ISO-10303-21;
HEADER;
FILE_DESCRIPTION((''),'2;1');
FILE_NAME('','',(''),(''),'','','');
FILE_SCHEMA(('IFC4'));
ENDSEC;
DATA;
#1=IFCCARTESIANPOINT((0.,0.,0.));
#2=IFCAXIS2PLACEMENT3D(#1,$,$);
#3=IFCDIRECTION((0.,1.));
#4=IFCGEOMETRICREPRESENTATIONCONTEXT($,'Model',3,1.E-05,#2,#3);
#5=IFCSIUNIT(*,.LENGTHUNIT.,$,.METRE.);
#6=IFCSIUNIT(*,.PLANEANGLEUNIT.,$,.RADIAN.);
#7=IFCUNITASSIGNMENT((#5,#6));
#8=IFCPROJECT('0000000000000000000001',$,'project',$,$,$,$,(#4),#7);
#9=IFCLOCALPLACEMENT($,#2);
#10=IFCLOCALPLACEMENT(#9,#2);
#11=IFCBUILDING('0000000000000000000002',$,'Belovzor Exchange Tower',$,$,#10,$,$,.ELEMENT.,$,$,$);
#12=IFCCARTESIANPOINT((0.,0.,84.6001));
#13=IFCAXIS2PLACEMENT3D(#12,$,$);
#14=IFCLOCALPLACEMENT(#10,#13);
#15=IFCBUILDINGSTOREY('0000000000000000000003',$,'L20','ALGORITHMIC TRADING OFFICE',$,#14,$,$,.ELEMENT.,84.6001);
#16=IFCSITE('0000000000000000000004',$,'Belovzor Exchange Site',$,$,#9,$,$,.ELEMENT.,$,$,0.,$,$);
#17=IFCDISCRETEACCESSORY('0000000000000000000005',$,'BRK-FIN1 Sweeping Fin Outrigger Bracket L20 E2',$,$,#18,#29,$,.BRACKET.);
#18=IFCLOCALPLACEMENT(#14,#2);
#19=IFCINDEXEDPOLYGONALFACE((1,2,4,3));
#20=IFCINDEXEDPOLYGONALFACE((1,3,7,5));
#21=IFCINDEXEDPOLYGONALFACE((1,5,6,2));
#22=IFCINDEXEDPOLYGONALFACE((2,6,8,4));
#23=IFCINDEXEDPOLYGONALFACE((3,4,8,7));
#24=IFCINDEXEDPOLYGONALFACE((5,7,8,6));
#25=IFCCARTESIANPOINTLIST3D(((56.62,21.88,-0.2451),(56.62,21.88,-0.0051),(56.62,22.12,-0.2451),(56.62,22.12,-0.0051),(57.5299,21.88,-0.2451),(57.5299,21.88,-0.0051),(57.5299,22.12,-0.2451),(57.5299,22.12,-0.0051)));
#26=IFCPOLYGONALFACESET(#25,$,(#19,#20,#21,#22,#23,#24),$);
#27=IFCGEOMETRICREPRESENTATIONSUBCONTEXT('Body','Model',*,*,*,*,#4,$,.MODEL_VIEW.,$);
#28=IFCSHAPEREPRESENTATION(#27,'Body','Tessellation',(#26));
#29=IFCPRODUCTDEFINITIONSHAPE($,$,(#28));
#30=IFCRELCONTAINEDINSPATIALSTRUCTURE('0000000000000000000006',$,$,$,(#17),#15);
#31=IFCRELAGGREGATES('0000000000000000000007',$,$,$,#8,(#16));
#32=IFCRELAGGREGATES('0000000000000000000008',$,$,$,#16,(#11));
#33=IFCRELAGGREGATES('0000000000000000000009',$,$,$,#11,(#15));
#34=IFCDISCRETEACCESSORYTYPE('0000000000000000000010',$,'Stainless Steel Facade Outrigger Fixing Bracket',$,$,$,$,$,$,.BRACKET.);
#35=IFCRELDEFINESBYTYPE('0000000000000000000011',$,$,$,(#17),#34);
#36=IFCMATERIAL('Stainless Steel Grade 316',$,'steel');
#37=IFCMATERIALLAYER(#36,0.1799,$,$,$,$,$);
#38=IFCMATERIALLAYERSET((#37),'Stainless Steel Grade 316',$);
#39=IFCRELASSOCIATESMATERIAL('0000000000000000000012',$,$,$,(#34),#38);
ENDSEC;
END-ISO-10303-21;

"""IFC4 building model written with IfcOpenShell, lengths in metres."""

from ifc_helpers import new_model, si_unit, direction, frame, origin, origin_2d, place, context, subcontext, project, spatial, rectangle, extrude, material, layer, layer_set, type_object, element, save


model = new_model("IFC4")

# Units and contexts
model_context = context("Model", 3, precision=1e-05, world=origin(), true_north=direction((0.0, 1.0)))
body_context = subcontext(model_context, "Body", "Model", "MODEL_VIEW")
ifc_project = project(units=[si_unit("LENGTHUNIT", "METRE"), si_unit("PLANEANGLEUNIT", "RADIAN")], contexts=[model_context])

# Site, building, storey
site_placement = place(None, origin())
site = spatial("IfcSite", under=ifc_project, at=site_placement, Name="Belovzor Exchange Site", CompositionType="ELEMENT", RefElevation=0.0)
building_placement = place(site_placement, origin())
building = spatial("IfcBuilding", under=site, at=building_placement, Name="Belovzor Exchange Tower", CompositionType="ELEMENT")
storey_placement = place(building_placement, frame((0.0, 0.0, 84.6001)))
storey = spatial("IfcBuildingStorey", under=building, at=storey_placement, Name="L20", Description="ALGORITHMIC TRADING OFFICE", CompositionType="ELEMENT", Elevation=84.6001)

# Discrete accessory
ifc_material_1 = material(Name="Stainless Steel Grade 316", Category="steel")
ifc_layer_1 = layer(ifc_material_1, 0.1799)
ifc_layer_set_1 = layer_set([ifc_layer_1], Name="Stainless Steel Grade 316")
discrete_accessory_type = type_object("IfcDiscreteAccessoryType", Name="Stainless Steel Facade Outrigger Fixing Bracket", PredefinedType="BRACKET", material=ifc_layer_set_1)
discrete_accessory_placement = place(storey_placement, frame((57.075, 22.0, -0.2451), z_axis=(0.0, 0.0, 1.0), x_axis=(1.0, 0.0, 0.0)))
element("IfcDiscreteAccessory", 1, at=discrete_accessory_placement, inside=storey, type_object=discrete_accessory_type, Name="BRK-FIN1 Sweeping Fin Outrigger Bracket L20 E2", PredefinedType="BRACKET", context=body_context, shape_type="SweptSolid", body=[
    extrude(rectangle(XDim=0.9099, YDim=0.24, at=origin_2d()), origin(), (0.0, 0.0, 1.0), 0.24),
])

save(model, "model.ifc")
